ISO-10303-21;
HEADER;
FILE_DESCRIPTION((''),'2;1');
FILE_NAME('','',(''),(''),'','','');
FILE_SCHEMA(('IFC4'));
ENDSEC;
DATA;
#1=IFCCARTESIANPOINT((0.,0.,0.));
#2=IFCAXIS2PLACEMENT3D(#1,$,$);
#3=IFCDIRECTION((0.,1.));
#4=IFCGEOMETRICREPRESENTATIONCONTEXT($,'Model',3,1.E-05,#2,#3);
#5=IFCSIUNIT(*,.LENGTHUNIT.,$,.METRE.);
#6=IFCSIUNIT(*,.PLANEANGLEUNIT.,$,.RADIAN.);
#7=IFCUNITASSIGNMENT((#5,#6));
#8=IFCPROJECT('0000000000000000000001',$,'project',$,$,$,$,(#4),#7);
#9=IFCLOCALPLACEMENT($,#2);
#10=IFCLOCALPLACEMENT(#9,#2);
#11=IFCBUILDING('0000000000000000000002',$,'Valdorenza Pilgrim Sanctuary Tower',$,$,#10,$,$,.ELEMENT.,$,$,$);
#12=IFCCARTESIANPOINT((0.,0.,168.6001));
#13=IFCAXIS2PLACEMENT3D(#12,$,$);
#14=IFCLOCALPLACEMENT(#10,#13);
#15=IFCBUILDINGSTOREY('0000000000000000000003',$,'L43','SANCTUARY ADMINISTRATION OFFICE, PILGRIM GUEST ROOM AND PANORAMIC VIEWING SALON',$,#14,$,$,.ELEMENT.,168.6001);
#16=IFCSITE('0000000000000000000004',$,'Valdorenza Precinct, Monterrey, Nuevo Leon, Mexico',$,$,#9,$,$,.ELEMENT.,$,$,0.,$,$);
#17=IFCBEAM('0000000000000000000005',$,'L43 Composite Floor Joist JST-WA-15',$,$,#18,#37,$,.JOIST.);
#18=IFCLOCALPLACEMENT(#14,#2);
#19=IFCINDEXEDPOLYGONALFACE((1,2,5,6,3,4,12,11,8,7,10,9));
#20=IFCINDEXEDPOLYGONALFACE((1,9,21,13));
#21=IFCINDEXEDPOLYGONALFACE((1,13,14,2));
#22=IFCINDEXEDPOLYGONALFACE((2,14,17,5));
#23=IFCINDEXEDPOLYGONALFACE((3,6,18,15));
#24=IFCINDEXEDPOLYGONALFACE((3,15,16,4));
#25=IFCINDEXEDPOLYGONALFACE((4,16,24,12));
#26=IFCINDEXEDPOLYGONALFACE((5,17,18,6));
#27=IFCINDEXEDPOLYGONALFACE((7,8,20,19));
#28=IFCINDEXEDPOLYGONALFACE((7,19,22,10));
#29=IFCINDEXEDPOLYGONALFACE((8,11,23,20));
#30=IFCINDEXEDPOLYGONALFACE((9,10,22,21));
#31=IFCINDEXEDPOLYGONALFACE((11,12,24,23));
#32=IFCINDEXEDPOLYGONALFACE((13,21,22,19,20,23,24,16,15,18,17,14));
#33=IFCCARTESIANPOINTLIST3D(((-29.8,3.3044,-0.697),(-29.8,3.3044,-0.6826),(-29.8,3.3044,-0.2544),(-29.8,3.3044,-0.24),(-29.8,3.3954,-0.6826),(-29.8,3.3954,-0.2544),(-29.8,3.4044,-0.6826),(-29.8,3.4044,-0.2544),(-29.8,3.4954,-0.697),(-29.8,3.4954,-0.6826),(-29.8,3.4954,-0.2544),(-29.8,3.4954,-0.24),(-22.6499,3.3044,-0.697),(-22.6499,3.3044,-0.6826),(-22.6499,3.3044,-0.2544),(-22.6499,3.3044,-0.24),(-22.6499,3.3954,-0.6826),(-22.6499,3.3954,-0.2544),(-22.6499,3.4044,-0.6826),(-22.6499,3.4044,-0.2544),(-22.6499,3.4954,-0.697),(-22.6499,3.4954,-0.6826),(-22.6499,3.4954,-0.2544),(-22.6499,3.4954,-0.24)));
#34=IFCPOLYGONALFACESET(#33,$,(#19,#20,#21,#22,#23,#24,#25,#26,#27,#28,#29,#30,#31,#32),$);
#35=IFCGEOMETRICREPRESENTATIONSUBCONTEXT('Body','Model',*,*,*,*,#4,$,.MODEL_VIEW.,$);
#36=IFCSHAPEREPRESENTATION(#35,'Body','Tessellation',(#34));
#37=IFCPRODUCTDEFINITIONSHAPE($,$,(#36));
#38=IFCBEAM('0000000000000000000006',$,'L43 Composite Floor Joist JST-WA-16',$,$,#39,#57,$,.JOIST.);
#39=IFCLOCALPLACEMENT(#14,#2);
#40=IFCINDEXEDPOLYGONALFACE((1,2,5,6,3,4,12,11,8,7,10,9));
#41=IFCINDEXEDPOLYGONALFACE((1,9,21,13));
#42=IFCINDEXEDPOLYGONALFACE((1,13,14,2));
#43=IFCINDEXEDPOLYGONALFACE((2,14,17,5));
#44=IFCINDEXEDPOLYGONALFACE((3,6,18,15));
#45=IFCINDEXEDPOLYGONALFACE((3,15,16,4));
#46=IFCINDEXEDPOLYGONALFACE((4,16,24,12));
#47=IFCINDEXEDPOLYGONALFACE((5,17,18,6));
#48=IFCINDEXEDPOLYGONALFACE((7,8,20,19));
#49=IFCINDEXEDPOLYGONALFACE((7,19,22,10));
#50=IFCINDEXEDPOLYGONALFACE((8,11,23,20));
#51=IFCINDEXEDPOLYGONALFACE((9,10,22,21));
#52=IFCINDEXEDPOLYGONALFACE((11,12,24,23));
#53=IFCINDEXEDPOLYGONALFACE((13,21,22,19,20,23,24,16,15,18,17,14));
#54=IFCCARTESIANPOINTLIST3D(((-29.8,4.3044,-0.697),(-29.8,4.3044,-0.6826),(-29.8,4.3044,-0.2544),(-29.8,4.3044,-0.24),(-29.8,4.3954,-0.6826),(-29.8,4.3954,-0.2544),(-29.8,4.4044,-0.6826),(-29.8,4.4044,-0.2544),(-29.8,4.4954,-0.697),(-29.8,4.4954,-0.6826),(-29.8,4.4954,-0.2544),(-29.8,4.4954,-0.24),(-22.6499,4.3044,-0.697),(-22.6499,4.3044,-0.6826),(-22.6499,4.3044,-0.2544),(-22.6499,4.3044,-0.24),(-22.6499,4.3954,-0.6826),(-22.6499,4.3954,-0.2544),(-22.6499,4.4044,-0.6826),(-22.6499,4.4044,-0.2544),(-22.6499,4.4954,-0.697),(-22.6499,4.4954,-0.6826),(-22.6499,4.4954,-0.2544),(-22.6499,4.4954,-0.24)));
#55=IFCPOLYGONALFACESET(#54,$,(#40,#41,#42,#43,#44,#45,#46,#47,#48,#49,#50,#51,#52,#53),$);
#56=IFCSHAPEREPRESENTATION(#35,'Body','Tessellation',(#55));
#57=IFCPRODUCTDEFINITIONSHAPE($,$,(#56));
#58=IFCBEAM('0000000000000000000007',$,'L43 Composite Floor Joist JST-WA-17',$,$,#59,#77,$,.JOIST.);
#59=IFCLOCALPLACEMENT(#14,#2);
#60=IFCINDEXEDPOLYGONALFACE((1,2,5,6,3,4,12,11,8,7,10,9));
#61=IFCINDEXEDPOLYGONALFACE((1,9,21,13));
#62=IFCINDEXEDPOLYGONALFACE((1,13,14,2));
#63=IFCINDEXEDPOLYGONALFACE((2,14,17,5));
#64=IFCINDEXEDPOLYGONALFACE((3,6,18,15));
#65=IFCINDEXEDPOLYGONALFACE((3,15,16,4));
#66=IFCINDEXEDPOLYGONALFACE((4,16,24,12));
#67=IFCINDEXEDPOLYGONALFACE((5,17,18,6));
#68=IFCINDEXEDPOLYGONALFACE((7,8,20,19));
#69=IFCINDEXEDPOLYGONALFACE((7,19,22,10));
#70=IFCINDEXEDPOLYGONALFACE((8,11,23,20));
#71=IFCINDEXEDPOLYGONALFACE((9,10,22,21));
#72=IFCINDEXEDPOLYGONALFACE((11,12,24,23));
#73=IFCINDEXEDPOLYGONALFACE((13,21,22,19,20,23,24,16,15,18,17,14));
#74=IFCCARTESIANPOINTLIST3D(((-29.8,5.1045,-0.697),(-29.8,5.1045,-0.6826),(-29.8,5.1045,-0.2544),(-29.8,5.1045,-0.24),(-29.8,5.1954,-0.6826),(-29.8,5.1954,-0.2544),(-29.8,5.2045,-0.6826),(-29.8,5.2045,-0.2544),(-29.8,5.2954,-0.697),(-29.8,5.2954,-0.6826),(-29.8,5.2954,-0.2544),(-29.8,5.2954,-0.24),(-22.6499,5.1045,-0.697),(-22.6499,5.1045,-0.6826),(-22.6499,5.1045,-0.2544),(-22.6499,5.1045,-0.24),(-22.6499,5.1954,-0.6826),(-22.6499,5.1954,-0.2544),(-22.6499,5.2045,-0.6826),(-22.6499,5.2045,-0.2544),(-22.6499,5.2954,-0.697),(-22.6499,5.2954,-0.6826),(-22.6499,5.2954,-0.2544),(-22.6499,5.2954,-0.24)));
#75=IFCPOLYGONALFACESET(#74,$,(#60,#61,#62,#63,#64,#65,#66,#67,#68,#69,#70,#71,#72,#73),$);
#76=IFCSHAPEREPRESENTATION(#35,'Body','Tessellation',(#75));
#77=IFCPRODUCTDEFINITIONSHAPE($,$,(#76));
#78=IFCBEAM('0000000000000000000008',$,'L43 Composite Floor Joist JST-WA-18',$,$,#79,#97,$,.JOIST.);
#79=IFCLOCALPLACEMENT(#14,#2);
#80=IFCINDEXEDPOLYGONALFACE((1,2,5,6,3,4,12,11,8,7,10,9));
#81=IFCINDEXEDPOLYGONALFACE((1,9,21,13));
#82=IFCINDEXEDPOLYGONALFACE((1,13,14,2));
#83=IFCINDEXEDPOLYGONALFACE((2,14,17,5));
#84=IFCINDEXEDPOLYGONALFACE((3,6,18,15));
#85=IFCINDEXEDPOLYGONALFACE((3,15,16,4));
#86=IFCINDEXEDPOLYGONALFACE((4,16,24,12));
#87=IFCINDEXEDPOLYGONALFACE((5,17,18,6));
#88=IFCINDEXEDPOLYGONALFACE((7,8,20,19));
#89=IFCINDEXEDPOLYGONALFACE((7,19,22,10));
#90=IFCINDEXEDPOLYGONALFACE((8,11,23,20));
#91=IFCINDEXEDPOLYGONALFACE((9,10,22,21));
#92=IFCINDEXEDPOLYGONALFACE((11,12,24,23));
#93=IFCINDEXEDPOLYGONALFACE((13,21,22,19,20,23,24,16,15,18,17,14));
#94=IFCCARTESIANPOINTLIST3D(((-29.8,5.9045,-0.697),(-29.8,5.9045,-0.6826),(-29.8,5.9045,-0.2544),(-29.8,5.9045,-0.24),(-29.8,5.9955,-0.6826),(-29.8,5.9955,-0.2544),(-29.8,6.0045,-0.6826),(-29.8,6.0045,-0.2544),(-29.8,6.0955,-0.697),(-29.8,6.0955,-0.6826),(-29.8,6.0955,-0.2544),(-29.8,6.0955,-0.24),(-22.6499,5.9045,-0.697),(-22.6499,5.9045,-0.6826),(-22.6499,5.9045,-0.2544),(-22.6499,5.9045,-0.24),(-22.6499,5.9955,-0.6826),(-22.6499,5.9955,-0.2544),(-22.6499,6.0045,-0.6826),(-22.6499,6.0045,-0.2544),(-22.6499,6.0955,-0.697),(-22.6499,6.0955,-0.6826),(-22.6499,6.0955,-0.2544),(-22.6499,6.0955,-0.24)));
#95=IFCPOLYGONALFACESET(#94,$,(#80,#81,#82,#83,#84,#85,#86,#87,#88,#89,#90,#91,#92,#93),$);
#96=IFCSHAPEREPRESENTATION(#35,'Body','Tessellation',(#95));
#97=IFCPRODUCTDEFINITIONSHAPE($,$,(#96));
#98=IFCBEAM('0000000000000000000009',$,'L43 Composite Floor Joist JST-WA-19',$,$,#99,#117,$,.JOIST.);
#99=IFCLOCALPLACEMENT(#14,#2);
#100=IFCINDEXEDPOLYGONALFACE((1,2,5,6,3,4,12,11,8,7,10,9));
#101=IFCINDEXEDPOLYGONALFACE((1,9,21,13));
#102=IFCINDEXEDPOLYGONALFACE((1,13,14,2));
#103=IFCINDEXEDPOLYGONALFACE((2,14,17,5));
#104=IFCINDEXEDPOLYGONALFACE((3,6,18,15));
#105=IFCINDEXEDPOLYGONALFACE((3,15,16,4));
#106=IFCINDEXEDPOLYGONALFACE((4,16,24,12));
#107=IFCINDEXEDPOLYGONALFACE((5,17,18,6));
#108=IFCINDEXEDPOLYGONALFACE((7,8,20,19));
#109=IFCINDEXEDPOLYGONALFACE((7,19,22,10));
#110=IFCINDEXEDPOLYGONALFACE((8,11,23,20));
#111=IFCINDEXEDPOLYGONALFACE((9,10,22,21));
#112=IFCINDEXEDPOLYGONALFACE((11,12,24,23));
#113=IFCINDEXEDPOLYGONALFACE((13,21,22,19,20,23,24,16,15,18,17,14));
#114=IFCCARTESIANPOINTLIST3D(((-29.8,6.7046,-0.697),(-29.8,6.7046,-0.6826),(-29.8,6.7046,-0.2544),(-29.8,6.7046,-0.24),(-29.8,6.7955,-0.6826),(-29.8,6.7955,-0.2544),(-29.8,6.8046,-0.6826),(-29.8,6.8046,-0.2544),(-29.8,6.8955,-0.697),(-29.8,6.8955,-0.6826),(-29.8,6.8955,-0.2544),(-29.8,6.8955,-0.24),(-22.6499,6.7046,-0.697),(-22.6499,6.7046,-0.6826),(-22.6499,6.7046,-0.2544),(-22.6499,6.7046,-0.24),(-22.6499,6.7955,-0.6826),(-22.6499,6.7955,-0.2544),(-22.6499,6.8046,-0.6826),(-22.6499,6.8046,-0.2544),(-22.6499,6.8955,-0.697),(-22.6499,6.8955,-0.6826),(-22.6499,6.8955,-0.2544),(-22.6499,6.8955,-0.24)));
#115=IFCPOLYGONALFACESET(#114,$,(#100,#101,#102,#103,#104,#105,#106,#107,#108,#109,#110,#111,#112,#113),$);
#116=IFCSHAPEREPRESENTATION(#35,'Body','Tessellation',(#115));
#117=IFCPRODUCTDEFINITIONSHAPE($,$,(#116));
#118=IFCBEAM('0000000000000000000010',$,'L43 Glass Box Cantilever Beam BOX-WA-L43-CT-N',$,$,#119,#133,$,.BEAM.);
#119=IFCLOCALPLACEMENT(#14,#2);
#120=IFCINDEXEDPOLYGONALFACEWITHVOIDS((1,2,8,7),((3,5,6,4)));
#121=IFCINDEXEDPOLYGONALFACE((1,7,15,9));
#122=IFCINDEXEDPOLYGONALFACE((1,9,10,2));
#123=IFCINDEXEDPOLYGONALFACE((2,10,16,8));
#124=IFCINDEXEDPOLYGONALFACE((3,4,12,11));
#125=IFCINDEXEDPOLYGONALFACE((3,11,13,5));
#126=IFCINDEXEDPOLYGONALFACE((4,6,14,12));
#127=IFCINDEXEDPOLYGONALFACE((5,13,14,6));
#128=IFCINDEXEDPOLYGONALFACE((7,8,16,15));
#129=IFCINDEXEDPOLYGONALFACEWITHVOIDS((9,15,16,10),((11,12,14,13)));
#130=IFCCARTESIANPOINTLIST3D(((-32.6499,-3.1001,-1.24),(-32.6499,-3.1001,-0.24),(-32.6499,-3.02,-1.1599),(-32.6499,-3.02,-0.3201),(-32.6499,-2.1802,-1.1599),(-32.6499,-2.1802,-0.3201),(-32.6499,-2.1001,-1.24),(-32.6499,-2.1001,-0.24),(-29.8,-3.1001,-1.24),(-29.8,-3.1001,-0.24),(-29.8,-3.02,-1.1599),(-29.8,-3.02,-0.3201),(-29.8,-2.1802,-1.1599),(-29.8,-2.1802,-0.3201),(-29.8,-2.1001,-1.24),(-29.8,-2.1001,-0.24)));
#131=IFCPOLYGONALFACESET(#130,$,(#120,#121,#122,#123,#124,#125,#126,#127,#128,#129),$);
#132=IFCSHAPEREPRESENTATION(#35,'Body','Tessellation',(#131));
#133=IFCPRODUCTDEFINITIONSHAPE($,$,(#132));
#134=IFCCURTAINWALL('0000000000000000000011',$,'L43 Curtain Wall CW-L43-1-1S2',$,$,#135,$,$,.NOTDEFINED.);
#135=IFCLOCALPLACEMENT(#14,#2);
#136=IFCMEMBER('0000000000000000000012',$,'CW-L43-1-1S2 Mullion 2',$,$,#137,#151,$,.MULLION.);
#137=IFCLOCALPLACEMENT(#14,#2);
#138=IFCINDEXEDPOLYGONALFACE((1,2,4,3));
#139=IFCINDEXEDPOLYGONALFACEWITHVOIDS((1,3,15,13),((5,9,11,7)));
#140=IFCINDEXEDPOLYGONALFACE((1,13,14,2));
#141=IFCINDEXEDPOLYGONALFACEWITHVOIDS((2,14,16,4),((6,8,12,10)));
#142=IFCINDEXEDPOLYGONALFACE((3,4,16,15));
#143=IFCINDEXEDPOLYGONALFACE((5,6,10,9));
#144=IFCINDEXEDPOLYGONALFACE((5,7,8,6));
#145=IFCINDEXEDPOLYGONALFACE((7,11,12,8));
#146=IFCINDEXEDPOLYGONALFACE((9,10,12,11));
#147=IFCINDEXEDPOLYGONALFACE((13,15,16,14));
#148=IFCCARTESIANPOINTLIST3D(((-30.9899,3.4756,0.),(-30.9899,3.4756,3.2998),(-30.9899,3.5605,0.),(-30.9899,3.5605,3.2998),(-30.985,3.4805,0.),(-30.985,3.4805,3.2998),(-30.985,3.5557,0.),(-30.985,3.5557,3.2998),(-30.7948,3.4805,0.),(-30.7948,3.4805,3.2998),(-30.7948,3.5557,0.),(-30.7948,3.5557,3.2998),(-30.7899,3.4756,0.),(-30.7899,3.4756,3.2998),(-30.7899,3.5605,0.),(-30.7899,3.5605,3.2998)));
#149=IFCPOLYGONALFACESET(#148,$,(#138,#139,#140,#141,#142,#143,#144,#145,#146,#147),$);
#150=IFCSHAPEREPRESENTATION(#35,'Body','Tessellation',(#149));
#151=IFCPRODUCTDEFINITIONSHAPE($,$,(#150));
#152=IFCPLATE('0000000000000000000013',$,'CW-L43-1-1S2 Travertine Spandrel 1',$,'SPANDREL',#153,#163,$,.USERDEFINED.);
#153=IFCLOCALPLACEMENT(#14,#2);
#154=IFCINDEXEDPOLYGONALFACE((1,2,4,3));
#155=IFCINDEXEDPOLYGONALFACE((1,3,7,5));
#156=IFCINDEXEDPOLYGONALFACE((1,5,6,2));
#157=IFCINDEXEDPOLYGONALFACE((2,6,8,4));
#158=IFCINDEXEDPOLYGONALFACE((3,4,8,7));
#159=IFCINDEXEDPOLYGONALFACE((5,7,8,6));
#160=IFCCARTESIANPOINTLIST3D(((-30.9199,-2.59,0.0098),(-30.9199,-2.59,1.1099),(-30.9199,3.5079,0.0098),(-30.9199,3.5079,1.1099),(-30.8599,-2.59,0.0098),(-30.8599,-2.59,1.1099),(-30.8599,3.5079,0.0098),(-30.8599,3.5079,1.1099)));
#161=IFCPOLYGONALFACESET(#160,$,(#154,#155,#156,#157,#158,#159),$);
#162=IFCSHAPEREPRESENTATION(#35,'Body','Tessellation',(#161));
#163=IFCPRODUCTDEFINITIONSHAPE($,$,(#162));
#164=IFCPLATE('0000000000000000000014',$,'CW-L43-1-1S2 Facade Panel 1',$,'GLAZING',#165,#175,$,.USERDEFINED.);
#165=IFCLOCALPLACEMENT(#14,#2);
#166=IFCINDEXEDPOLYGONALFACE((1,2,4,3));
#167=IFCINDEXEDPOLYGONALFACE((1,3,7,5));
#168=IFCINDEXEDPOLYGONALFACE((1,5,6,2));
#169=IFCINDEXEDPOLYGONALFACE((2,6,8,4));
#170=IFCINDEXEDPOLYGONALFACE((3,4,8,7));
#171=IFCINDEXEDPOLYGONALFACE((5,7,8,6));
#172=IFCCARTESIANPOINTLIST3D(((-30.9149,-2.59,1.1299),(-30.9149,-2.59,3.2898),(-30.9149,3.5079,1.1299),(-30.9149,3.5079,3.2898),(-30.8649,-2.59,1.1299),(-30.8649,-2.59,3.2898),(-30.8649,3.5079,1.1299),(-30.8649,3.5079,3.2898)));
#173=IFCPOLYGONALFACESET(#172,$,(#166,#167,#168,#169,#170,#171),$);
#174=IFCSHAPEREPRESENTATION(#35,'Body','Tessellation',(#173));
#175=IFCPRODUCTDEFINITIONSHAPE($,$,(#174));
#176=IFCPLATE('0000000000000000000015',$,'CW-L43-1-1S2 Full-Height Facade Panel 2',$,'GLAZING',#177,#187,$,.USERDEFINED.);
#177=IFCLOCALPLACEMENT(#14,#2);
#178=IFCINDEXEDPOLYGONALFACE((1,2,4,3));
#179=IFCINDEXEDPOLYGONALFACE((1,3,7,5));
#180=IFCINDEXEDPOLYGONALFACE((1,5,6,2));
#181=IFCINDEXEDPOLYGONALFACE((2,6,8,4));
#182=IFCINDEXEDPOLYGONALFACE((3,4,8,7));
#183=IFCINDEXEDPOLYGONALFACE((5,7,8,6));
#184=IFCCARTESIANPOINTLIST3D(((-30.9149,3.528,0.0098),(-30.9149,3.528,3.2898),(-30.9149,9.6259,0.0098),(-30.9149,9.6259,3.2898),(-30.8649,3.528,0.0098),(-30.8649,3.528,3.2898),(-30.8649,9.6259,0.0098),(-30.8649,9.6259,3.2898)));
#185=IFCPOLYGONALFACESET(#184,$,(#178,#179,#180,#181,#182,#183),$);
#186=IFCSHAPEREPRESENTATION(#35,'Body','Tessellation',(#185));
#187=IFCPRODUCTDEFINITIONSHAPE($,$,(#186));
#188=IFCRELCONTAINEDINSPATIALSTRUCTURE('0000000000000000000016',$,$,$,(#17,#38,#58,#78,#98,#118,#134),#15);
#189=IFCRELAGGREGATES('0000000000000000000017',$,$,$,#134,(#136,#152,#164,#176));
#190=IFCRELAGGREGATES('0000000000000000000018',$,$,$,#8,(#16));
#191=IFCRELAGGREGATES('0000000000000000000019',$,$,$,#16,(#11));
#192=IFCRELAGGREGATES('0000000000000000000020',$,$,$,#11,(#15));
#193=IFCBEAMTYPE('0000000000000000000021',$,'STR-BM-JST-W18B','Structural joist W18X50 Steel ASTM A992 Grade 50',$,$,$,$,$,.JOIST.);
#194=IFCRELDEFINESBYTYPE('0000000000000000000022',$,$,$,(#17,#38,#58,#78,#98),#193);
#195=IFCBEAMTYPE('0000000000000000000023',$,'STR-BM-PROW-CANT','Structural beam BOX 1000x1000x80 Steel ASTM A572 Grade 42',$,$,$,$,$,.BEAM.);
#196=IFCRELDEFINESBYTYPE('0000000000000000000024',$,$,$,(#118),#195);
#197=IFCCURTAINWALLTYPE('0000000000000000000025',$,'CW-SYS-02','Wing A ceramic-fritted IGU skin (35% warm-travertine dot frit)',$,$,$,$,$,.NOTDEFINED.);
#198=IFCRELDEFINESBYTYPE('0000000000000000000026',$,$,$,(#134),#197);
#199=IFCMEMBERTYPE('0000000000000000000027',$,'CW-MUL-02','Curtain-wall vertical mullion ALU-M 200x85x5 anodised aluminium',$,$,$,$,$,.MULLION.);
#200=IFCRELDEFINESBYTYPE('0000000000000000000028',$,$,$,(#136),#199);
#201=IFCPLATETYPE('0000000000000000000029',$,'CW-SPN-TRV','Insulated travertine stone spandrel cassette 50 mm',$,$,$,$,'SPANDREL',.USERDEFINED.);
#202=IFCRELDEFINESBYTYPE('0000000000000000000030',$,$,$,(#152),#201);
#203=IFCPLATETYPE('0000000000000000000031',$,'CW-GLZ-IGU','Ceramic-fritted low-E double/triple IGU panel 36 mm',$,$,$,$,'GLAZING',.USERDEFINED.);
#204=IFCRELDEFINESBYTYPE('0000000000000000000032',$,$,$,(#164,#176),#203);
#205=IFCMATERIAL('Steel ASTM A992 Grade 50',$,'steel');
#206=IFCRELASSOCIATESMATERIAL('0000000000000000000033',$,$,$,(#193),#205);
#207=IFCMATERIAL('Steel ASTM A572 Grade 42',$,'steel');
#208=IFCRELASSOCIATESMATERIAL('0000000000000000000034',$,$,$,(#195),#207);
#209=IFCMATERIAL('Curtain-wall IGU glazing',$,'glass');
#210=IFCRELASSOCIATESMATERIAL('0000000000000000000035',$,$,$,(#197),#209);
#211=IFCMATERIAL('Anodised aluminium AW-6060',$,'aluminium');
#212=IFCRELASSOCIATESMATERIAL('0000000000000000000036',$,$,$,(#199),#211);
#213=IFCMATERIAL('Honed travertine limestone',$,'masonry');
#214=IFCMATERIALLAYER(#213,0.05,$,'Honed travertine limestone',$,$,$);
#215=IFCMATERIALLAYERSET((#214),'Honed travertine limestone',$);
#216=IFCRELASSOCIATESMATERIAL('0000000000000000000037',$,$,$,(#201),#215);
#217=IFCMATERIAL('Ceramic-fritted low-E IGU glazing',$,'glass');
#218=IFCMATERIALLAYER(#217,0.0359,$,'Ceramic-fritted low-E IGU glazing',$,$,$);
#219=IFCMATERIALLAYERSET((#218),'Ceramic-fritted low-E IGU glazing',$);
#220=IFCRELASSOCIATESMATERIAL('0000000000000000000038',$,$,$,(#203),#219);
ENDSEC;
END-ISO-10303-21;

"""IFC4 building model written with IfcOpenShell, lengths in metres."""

from ifc_helpers import new_model, si_unit, direction, frame, origin, origin_2d, place, context, subcontext, project, spatial, rectangle, hollow_rectangle, i_section, extrude, source, transform, mapped, material, layer, layer_set, material_profile, profile_set, type_object, element, aggregate, save


model = new_model("IFC4")

# Units and contexts
model_context = context("Model", 3, precision=1e-05, world=origin(), true_north=direction((0.0, 1.0)))
body_context = subcontext(model_context, "Body", "Model", "MODEL_VIEW")
ifc_project = project(units=[si_unit("LENGTHUNIT", "METRE"), si_unit("PLANEANGLEUNIT", "RADIAN")], contexts=[model_context])

# Site, building, storey
site_placement = place(None, origin())
site = spatial("IfcSite", under=ifc_project, at=site_placement, Name="Valdorenza Precinct, Monterrey, Nuevo Leon, Mexico", CompositionType="ELEMENT", RefElevation=0.0)
building_placement = place(site_placement, origin())
building = spatial("IfcBuilding", under=site, at=building_placement, Name="Valdorenza Pilgrim Sanctuary Tower", CompositionType="ELEMENT")
storey_placement = place(building_placement, frame((0.0, 0.0, 168.6001)))
storey = spatial("IfcBuildingStorey", under=building, at=storey_placement, Name="L43", Description="SANCTUARY ADMINISTRATION OFFICE, PILGRIM GUEST ROOM AND PANORAMIC VIEWING SALON", CompositionType="ELEMENT", Elevation=168.6001)

# Beams
ifc_material_1 = material(Name="Steel ASTM A992 Grade 50", Category="steel")
ifc_material_profile_1 = material_profile(ifc_material_1, i_section(OverallWidth=0.1909, OverallDepth=0.457, WebThickness=0.009, FlangeThickness=0.0144, at=origin_2d()), Name="W18X50")
ifc_profile_set_1 = profile_set([ifc_material_profile_1], Name="Steel ASTM A992 Grade 50")
beam_type_1 = type_object("IfcBeamType", Name="STR-BM-JST-W18B", Description="Structural joist W18X50 Steel ASTM A992 Grade 50", PredefinedType="JOIST", material=ifc_profile_set_1)
shared_shape_1 = source(origin(), body_context, "Body", "SweptSolid", [
    extrude(i_section(OverallWidth=0.1909, OverallDepth=0.457, WebThickness=0.009, FlangeThickness=0.0144, at=origin_2d()), origin(), (0.0, 0.0, 1.0), 7.1501),
])
for number, where, z_axis, x_axis, name in (
    (1, (-29.8, 3.3999, -0.4685), (1.0, 0.0, 0.0), (0.0, 1.0, 0.0), "L43 Composite Floor Joist JST-WA-15"),
    (2, (-29.8, 4.3999, -0.4685), (1.0, 0.0, 0.0), (0.0, 1.0, 0.0), "L43 Composite Floor Joist JST-WA-16"),
    (3, (-29.8, 5.2, -0.4685), (1.0, 0.0, 0.0), (0.0, 1.0, 0.0), "L43 Composite Floor Joist JST-WA-17"),
    (4, (-29.8, 6.0, -0.4685), (1.0, 0.0, 0.0), (0.0, 1.0, 0.0), "L43 Composite Floor Joist JST-WA-18"),
    (5, (-29.8, 6.8, -0.4685), (1.0, 0.0, 0.0), (0.0, 1.0, 0.0), "L43 Composite Floor Joist JST-WA-19"),
):
    element("IfcBeam", number, at=place(storey_placement, frame(where, z_axis=z_axis, x_axis=x_axis)), inside=storey, type_object=beam_type_1, Name=name, PredefinedType="JOIST", context=body_context, shape_type="MappedRepresentation", body=[
        mapped(shared_shape_1, transform((0.0, 0.0, 0.0), x_axis=(1.0, 0.0, 0.0), y_axis=(0.0, 1.0, 0.0), z_axis=(0.0, 0.0, 1.0), scale=1.0)),
    ])
ifc_material_2 = material(Name="Steel ASTM A572 Grade 42", Category="steel")
ifc_material_profile_2 = material_profile(ifc_material_2, hollow_rectangle(XDim=1.0, YDim=1.0, WallThickness=0.0801, at=origin_2d()), Name="BOX 1000x1000x80")
ifc_profile_set_2 = profile_set([ifc_material_profile_2], Name="Steel ASTM A572 Grade 42")
beam_type_2 = type_object("IfcBeamType", Name="STR-BM-PROW-CANT", Description="Structural beam BOX 1000x1000x80 Steel ASTM A572 Grade 42", PredefinedType="BEAM", material=ifc_profile_set_2)
shared_shape_2 = source(origin(), body_context, "Body", "SweptSolid", [
    extrude(hollow_rectangle(XDim=1.0, YDim=1.0, WallThickness=0.0801, at=origin_2d()), origin(), (0.0, 0.0, 1.0), 2.8499),
])
beam_1_placement = place(storey_placement, frame((-29.8, -2.6001, -0.74), z_axis=(-1.0, 0.0, 0.0), x_axis=(0.0, -1.0, 0.0)))
element("IfcBeam", 6, at=beam_1_placement, inside=storey, type_object=beam_type_2, Name="L43 Glass Box Cantilever Beam BOX-WA-L43-CT-N", PredefinedType="BEAM", context=body_context, shape_type="MappedRepresentation", body=[
    mapped(shared_shape_2, transform((0.0, 0.0, 0.0), x_axis=(1.0, 0.0, 0.0), y_axis=(0.0, 1.0, 0.0), z_axis=(0.0, 0.0, 1.0), scale=1.0)),
])

# Curtain wall, member, plates
ifc_material_3 = material(Name="Curtain-wall IGU glazing", Category="glass")
curtain_wall_type = type_object("IfcCurtainWallType", Name="CW-SYS-02", Description="Wing A ceramic-fritted IGU skin (35% warm-travertine dot frit)", PredefinedType="NOTDEFINED", material=ifc_material_3)
curtain_wall_placement = place(storey_placement, origin())
curtain_wall = element("IfcCurtainWall", 7, at=curtain_wall_placement, inside=storey, type_object=curtain_wall_type, Name="L43 Curtain Wall CW-L43-1-1S2", PredefinedType="NOTDEFINED")
ifc_material_4 = material(Name="Anodised aluminium AW-6060", Category="aluminium")
ifc_material_profile_3 = material_profile(ifc_material_4, hollow_rectangle(XDim=0.085, YDim=0.2, WallThickness=0.0049, at=origin_2d()), Name="ALU-M 200x85x5")
ifc_profile_set_3 = profile_set([ifc_material_profile_3], Name="Anodised aluminium AW-6060")
member_type = type_object("IfcMemberType", Name="CW-MUL-02", Description="Curtain-wall vertical mullion ALU-M 200x85x5 anodised aluminium", PredefinedType="MULLION", material=ifc_profile_set_3)
shared_shape_3 = source(origin(), body_context, "Body", "SweptSolid", [
    extrude(hollow_rectangle(XDim=0.085, YDim=0.2, WallThickness=0.0049, at=origin_2d()), origin(), (0.0, 0.0, 1.0), 3.2998),
])
member_placement = place(storey_placement, frame((-30.8899, 3.5181, 0.0), z_axis=(0.0, 0.0, 1.0), x_axis=(0.0, 1.0, 0.0)))
member = element("IfcMember", 8, at=member_placement, type_object=member_type, Name="CW-L43-1-1S2 Mullion 2", PredefinedType="MULLION", context=body_context, shape_type="MappedRepresentation", body=[
    mapped(shared_shape_3, transform((0.0, 0.0, 0.0), x_axis=(1.0, 0.0, 0.0), y_axis=(0.0, 1.0, 0.0), z_axis=(0.0, 0.0, 1.0), scale=1.0)),
])
ifc_material_5 = material(Name="Honed travertine limestone", Category="masonry")
ifc_layer_1 = layer(ifc_material_5, 0.05, Name="Honed travertine limestone")
ifc_layer_set_1 = layer_set([ifc_layer_1], Name="Honed travertine limestone")
plate_type_1 = type_object("IfcPlateType", Name="CW-SPN-TRV", Description="Insulated travertine stone spandrel cassette 50 mm", ElementType="SPANDREL", PredefinedType="USERDEFINED", material=ifc_layer_set_1)
shared_shape_4 = source(origin(), body_context, "Body", "SweptSolid", [
    extrude(rectangle(XDim=6.0979, YDim=0.0601, at=origin_2d()), origin(), (0.0, 0.0, 1.0), 1.1001),
])
plate_1_placement = place(storey_placement, frame((-30.8899, 0.459, 0.0098), z_axis=(0.0, 0.0, 1.0), x_axis=(0.0, 1.0, 0.0)))
plate_1 = element("IfcPlate", 9, at=plate_1_placement, type_object=plate_type_1, Name="CW-L43-1-1S2 Travertine Spandrel 1", ObjectType="SPANDREL", PredefinedType="USERDEFINED", context=body_context, shape_type="MappedRepresentation", body=[
    mapped(shared_shape_4, transform((0.0, 0.0, 0.0), x_axis=(1.0, 0.0, 0.0), y_axis=(0.0, 1.0, 0.0), z_axis=(0.0, 0.0, 1.0), scale=1.0)),
])
ifc_material_6 = material(Name="Ceramic-fritted low-E IGU glazing", Category="glass")
ifc_layer_2 = layer(ifc_material_6, 0.0359, Name="Ceramic-fritted low-E IGU glazing")
ifc_layer_set_2 = layer_set([ifc_layer_2], Name="Ceramic-fritted low-E IGU glazing")
plate_type_2 = type_object("IfcPlateType", Name="CW-GLZ-IGU", Description="Ceramic-fritted low-E double/triple IGU panel 36 mm", ElementType="GLAZING", PredefinedType="USERDEFINED", material=ifc_layer_set_2)
shared_shape_5 = source(origin(), body_context, "Body", "SweptSolid", [
    extrude(rectangle(XDim=6.0979, YDim=0.05, at=origin_2d()), origin(), (0.0, 0.0, 1.0), 2.1599),
])
plate_2_placement = place(storey_placement, frame((-30.8899, 0.459, 1.1299), z_axis=(0.0, 0.0, 1.0), x_axis=(0.0, 1.0, 0.0)))
plate_2 = element("IfcPlate", 10, at=plate_2_placement, type_object=plate_type_2, Name="CW-L43-1-1S2 Facade Panel 1", ObjectType="GLAZING", PredefinedType="USERDEFINED", context=body_context, shape_type="MappedRepresentation", body=[
    mapped(shared_shape_5, transform((0.0, 0.0, 0.0), x_axis=(1.0, 0.0, 0.0), y_axis=(0.0, 1.0, 0.0), z_axis=(0.0, 0.0, 1.0), scale=1.0)),
])
shared_shape_6 = source(origin(), body_context, "Body", "SweptSolid", [
    extrude(rectangle(XDim=6.0979, YDim=0.05, at=origin_2d()), origin(), (0.0, 0.0, 1.0), 3.28),
])
plate_3_placement = place(storey_placement, frame((-30.8899, 6.5769, 0.0098), z_axis=(0.0, 0.0, 1.0), x_axis=(0.0, 1.0, 0.0)))
plate_3 = element("IfcPlate", 11, at=plate_3_placement, type_object=plate_type_2, Name="CW-L43-1-1S2 Full-Height Facade Panel 2", ObjectType="GLAZING", PredefinedType="USERDEFINED", context=body_context, shape_type="MappedRepresentation", body=[
    mapped(shared_shape_6, transform((0.0, 0.0, 0.0), x_axis=(1.0, 0.0, 0.0), y_axis=(0.0, 1.0, 0.0), z_axis=(0.0, 0.0, 1.0), scale=1.0)),
])
aggregate(curtain_wall, [member, plate_1, plate_2, plate_3])

save(model, "model.ifc")
